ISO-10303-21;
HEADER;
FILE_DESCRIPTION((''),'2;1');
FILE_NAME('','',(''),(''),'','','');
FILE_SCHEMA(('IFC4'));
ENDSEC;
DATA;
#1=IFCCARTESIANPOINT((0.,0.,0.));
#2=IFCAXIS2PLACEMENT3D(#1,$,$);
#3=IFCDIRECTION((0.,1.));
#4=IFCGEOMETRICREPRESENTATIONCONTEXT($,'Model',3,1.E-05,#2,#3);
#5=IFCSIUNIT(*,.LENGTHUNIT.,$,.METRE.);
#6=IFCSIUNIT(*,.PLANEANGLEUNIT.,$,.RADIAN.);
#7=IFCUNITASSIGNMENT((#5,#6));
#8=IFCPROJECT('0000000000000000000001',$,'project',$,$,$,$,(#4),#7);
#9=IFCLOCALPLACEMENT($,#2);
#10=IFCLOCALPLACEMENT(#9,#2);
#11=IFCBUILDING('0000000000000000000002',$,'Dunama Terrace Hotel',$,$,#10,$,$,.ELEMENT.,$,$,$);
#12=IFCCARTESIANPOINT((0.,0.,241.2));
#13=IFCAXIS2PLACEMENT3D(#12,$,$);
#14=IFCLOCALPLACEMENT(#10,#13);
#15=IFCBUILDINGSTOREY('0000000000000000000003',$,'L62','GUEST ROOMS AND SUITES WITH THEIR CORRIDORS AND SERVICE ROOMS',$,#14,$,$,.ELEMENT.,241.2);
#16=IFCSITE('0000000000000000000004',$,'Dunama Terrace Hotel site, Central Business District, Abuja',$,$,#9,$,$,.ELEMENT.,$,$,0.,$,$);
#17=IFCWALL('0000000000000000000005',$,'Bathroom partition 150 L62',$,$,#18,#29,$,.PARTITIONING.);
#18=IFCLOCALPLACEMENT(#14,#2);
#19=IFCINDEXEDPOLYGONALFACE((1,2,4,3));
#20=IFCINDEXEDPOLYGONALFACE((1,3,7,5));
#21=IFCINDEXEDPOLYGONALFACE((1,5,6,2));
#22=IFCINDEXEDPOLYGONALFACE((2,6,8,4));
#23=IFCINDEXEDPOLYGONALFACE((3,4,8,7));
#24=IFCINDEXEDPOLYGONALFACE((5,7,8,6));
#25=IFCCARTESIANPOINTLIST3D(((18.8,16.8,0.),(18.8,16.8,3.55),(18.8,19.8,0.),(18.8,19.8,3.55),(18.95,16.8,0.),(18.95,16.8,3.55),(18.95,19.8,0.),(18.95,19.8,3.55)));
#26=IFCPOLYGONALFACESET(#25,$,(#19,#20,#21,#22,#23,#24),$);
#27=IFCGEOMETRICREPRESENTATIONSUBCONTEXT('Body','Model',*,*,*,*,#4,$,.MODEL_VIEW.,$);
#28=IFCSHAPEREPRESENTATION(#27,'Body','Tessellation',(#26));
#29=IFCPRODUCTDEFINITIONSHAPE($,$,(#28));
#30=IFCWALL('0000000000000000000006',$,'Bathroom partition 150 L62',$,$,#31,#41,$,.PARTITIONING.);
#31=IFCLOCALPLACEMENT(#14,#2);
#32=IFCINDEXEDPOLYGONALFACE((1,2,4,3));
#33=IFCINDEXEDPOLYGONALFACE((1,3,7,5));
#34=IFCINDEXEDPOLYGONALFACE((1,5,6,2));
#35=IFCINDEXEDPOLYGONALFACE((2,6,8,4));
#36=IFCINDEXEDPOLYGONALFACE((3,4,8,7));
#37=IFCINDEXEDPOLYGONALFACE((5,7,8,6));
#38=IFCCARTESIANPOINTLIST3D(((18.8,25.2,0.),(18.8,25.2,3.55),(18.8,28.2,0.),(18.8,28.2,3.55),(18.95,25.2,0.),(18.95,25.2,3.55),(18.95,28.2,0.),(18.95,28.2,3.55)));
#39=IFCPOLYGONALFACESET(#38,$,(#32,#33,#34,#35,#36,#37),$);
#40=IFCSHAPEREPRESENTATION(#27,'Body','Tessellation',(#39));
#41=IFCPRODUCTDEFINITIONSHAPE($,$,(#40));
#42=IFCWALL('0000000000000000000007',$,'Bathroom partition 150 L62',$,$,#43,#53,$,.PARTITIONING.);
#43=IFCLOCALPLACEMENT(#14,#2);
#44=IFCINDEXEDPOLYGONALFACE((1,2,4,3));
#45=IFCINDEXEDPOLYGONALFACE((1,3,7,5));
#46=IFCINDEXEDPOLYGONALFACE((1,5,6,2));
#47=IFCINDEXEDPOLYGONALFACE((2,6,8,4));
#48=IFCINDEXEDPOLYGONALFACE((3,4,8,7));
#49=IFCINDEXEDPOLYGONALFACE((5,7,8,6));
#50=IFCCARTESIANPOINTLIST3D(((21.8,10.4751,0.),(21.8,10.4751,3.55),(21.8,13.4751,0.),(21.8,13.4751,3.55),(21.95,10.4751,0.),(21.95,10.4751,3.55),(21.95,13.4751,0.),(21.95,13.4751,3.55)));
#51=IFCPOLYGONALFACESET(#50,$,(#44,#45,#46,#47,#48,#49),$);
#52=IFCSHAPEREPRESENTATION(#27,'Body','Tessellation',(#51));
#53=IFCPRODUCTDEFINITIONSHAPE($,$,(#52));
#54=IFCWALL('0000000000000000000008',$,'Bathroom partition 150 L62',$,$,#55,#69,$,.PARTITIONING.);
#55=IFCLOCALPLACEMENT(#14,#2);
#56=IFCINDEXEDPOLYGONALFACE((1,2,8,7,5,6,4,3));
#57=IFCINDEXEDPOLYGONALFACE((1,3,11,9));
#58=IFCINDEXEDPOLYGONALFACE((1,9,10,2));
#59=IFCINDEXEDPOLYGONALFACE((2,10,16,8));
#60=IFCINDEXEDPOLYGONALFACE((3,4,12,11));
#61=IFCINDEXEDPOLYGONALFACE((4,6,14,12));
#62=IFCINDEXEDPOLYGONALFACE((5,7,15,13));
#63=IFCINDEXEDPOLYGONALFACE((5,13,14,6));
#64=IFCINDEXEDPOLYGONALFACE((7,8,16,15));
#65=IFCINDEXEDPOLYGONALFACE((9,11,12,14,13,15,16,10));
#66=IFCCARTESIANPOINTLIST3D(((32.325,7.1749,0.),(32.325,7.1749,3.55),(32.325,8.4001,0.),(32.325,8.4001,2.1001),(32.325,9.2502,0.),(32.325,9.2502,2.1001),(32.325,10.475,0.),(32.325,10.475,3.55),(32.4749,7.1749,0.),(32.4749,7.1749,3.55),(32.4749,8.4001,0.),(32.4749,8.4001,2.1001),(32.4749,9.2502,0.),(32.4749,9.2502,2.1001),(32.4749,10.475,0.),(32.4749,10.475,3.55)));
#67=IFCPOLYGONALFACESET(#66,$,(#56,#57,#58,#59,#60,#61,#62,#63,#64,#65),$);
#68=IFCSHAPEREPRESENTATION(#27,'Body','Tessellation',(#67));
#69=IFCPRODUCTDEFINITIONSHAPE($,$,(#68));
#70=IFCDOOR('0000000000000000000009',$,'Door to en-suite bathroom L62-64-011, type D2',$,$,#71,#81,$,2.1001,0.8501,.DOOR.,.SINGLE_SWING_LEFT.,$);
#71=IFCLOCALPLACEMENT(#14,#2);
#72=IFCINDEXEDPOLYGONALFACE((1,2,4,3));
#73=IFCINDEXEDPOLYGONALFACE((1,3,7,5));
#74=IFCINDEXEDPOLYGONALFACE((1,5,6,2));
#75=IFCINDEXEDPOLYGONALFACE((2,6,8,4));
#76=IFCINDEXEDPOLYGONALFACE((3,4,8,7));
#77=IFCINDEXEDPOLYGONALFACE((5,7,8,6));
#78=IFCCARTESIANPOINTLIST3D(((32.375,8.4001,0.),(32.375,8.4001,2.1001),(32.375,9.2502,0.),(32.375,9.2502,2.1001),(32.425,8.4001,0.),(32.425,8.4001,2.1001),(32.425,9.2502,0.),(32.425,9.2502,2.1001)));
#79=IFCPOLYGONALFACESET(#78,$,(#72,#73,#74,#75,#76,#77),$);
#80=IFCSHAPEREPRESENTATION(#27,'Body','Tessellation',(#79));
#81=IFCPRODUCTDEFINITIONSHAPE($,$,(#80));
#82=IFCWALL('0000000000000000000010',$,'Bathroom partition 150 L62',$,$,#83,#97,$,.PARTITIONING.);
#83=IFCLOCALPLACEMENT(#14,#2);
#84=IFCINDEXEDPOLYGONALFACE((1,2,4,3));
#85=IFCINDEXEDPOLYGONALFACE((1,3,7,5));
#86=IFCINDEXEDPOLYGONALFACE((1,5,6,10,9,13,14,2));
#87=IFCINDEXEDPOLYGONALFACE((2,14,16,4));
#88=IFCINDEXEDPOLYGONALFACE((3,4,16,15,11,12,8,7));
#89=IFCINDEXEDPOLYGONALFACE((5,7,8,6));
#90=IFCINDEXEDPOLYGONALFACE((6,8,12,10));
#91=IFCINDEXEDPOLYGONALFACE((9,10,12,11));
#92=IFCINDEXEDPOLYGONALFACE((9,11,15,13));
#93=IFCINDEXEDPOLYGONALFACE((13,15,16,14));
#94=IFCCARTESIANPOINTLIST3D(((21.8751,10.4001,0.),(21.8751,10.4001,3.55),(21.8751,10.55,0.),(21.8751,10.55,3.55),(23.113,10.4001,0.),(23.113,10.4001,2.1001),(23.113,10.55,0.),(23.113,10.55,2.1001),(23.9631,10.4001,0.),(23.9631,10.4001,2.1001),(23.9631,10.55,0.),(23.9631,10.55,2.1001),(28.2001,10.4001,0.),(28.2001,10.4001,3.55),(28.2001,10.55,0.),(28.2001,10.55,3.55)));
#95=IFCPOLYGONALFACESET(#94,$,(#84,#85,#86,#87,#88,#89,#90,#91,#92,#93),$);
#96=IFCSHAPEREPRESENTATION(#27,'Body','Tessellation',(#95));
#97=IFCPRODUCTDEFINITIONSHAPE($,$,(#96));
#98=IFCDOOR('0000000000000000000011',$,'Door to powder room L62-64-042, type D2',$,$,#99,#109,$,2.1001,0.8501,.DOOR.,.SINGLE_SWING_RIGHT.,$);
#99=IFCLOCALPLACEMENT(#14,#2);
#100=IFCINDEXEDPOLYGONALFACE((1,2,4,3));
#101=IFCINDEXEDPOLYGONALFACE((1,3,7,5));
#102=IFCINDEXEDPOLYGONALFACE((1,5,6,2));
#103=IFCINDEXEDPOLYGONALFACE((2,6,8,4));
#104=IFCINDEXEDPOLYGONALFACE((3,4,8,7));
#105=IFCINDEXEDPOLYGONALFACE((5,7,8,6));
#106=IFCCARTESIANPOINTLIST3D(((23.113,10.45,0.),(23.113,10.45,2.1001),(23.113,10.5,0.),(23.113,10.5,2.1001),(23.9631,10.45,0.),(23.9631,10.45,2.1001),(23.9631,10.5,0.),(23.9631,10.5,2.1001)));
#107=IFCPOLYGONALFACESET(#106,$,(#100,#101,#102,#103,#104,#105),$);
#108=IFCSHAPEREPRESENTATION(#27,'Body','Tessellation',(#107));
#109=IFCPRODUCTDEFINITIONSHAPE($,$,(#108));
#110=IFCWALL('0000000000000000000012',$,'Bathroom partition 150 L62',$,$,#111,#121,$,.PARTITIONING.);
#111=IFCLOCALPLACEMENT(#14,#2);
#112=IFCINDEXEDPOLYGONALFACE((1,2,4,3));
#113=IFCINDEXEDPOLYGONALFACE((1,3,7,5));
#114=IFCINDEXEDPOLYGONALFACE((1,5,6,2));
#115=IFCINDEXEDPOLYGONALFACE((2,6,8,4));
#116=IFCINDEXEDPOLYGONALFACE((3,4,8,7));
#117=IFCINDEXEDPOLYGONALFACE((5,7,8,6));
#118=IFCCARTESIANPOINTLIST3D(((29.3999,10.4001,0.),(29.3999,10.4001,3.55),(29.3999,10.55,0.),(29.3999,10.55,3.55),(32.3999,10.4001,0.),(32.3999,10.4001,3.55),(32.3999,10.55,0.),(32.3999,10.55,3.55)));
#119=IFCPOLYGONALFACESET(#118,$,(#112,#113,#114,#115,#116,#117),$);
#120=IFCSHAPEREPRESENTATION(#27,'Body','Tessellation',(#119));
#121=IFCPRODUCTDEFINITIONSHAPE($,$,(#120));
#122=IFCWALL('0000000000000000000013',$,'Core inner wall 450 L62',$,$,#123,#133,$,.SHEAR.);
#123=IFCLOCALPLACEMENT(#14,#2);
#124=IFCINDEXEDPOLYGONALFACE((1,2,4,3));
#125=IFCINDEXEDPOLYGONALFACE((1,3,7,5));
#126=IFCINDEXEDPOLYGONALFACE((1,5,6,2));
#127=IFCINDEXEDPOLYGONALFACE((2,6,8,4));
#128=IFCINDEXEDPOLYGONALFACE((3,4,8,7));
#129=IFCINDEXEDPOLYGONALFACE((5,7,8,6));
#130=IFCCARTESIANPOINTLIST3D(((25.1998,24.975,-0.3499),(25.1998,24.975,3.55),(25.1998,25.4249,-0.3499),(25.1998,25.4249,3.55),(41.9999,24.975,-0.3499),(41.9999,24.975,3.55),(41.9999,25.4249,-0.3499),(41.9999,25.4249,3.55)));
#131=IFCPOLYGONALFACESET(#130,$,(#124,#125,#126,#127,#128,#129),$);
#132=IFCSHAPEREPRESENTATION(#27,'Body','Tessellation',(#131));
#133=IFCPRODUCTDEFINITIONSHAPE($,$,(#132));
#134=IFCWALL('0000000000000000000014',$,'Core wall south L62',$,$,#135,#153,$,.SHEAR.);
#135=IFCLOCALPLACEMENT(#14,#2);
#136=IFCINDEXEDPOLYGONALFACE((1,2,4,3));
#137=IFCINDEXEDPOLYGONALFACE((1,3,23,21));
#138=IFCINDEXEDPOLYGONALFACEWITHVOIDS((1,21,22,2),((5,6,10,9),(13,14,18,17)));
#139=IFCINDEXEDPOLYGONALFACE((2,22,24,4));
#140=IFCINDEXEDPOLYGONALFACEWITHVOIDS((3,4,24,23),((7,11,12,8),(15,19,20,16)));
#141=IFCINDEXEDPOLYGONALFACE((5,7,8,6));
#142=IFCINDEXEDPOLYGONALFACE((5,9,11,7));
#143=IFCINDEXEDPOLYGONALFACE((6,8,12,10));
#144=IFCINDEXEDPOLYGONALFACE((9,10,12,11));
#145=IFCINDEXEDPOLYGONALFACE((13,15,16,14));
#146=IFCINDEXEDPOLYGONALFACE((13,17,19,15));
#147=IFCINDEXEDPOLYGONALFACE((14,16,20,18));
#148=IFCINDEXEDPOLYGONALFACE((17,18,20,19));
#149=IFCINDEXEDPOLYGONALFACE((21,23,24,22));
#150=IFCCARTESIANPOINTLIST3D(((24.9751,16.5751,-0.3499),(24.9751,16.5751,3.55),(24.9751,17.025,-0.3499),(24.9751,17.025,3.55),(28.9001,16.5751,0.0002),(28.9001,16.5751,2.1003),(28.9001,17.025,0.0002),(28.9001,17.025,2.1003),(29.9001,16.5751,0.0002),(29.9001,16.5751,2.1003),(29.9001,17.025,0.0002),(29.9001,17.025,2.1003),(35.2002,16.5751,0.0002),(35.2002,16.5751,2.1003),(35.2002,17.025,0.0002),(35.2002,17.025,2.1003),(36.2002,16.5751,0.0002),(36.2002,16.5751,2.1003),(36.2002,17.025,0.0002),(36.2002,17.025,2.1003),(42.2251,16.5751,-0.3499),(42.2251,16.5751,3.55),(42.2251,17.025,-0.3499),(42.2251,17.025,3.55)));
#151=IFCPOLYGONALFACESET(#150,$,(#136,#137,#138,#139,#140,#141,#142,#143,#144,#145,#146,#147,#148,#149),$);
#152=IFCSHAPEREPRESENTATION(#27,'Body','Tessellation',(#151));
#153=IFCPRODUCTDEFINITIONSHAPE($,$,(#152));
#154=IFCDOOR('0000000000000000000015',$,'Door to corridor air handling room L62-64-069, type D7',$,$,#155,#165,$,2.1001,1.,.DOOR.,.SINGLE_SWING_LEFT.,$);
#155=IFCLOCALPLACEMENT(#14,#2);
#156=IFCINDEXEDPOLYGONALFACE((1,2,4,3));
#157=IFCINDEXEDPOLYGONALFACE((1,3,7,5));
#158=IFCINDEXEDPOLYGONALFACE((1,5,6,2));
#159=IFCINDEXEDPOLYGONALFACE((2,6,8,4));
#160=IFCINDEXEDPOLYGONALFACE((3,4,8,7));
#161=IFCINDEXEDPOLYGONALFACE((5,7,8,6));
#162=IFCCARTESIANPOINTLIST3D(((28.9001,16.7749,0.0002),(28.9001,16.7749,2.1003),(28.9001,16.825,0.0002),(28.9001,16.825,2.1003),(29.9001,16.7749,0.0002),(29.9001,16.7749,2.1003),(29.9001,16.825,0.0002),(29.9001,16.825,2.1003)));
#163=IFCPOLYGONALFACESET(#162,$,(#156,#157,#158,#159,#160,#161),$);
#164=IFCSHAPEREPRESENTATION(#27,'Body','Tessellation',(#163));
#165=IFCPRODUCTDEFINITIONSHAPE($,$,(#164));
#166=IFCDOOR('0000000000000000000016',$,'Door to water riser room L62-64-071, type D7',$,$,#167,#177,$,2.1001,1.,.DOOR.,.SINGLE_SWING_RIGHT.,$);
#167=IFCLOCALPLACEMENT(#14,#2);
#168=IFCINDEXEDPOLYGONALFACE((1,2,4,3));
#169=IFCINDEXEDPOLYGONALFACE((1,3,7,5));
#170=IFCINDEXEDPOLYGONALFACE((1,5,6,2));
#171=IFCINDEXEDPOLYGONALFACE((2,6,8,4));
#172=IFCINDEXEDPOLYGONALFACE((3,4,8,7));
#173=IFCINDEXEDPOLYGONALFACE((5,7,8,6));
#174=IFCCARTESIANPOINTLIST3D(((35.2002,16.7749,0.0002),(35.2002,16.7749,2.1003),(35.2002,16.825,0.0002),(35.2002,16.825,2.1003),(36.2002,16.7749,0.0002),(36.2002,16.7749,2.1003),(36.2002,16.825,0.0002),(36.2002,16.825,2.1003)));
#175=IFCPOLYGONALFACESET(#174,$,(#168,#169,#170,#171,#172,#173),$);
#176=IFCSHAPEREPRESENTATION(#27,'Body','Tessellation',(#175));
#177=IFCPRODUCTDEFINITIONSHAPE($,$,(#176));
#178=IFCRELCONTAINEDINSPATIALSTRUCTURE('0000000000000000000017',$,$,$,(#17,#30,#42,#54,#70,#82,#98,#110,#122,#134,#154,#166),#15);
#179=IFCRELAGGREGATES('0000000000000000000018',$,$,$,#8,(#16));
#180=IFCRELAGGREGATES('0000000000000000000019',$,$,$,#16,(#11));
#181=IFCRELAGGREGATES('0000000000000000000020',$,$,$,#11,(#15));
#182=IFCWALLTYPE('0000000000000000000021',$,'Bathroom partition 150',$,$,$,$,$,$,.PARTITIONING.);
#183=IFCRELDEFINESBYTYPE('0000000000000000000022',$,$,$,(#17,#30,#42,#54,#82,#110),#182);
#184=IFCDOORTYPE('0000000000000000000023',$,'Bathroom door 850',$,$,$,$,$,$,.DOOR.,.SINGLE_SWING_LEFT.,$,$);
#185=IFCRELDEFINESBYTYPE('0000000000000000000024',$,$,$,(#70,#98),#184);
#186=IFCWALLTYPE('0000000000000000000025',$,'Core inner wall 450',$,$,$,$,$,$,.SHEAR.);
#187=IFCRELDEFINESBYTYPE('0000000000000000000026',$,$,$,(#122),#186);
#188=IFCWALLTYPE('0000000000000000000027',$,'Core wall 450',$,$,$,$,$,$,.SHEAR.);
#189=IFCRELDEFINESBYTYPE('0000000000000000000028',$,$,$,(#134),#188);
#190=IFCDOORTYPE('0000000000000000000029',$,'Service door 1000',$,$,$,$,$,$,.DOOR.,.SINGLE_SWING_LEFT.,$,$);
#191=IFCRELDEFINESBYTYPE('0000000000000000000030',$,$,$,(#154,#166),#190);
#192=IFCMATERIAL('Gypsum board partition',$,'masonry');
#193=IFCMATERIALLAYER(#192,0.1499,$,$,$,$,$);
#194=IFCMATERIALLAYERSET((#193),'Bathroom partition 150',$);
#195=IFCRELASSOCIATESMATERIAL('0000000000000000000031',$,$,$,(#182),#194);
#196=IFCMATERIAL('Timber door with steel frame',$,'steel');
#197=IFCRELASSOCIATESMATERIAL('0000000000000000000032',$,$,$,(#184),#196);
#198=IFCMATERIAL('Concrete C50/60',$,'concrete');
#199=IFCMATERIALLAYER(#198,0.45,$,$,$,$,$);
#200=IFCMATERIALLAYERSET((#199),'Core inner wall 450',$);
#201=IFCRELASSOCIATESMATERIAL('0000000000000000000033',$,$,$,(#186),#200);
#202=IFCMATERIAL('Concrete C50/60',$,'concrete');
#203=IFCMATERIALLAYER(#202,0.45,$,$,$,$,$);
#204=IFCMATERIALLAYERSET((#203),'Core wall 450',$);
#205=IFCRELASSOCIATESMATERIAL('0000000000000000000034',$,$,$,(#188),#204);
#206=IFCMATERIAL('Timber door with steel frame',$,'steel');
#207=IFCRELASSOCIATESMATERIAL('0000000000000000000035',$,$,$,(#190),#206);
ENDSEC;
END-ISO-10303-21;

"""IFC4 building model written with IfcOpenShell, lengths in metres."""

from ifc_helpers import new_model, si_unit, direction, frame, frame_2d, origin, place, context, subcontext, project, spatial, rectangle, extrude, material, layer, layer_set, type_object, element, fill, save


model = new_model("IFC4")

# Units and contexts
model_context = context("Model", 3, precision=1e-05, world=origin(), true_north=direction((0.0, 1.0)))
body_context = subcontext(model_context, "Body", "Model", "MODEL_VIEW")
ifc_project = project(units=[si_unit("LENGTHUNIT", "METRE"), si_unit("PLANEANGLEUNIT", "RADIAN")], contexts=[model_context])

# Site, building, storey
site_placement = place(None, origin())
site = spatial("IfcSite", under=ifc_project, at=site_placement, Name="Dunama Terrace Hotel site, Central Business District, Abuja", CompositionType="ELEMENT", RefElevation=0.0)
building_placement = place(site_placement, origin())
building = spatial("IfcBuilding", under=site, at=building_placement, Name="Dunama Terrace Hotel", CompositionType="ELEMENT")
storey_placement = place(building_placement, frame((0.0, 0.0, 241.2)))
storey = spatial("IfcBuildingStorey", under=building, at=storey_placement, Name="L62", Description="GUEST ROOMS AND SUITES WITH THEIR CORRIDORS AND SERVICE ROOMS", CompositionType="ELEMENT", Elevation=241.2)

# Walls
ifc_material_1 = material(Name="Gypsum board partition", Category="masonry")
ifc_layer_1 = layer(ifc_material_1, 0.1499)
ifc_layer_set_1 = layer_set([ifc_layer_1], Name="Bathroom partition 150")
wall_type_1 = type_object("IfcWallType", Name="Bathroom partition 150", PredefinedType="PARTITIONING", material=ifc_layer_set_1)
for number, where, z_axis, x_axis, name in (
    (1, (18.875, 16.8, 0.0), (0.0, 0.0, 1.0), (0.0, 1.0, 0.0), "Bathroom partition 150 L62"),
    (2, (18.875, 25.2, 0.0), (0.0, 0.0, 1.0), (0.0, 1.0, 0.0), "Bathroom partition 150 L62"),
    (3, (21.875, 10.4751, 0.0), (0.0, 0.0, 1.0), (0.0, 1.0, 0.0), "Bathroom partition 150 L62"),
):
    element("IfcWall", number, at=place(storey_placement, frame(where, z_axis=z_axis, x_axis=x_axis)), inside=storey, type_object=wall_type_1, Name=name, PredefinedType="PARTITIONING", context=body_context, shape_type="SweptSolid", body=[
        extrude(rectangle(XDim=3.0, YDim=0.1499, at=frame_2d((1.5, 0.0))), origin(), (0.0, 0.0, 1.0), 3.55),
    ])

# Walls, openings, doors
wall_1_placement = place(storey_placement, frame((32.3999, 7.175, 0.0), z_axis=(0.0, 0.0, 1.0), x_axis=(0.0, 1.0, 0.0)))
wall_1 = element("IfcWall", 4, at=wall_1_placement, inside=storey, type_object=wall_type_1, Name="Bathroom partition 150 L62", PredefinedType="PARTITIONING", context=body_context, shape_type="SweptSolid", body=[
    extrude(rectangle(XDim=3.3, YDim=0.1499, at=frame_2d((1.6499, 0.0))), origin(), (0.0, 0.0, 1.0), 3.55),
])
opening_1_placement = place(wall_1_placement, frame((1.2251, 0.0, 0.0)))
opening_1 = element("IfcOpeningElement", 5, at=opening_1_placement, cuts=wall_1, PredefinedType="OPENING", context=body_context, shape_type="SweptSolid", body=[
    extrude(rectangle(XDim=0.8501, YDim=2.1001, at=frame_2d((0.425, 1.05))), frame((0.0, 0.085, 0.0), z_axis=(0.0, -1.0, 0.0), x_axis=(1.0, 0.0, 0.0)), (0.0, 0.0, 1.0), 0.1699),
])
ifc_material_2 = material(Name="Timber door with steel frame", Category="steel")
door_type_1 = type_object("IfcDoorType", Name="Bathroom door 850", OperationType="SINGLE_SWING_LEFT", PredefinedType="DOOR", material=ifc_material_2)
door_1_placement = place(opening_1_placement, origin())
door_1 = element("IfcDoor", 6, at=door_1_placement, inside=storey, type_object=door_type_1, Name="Door to en-suite bathroom L62-64-011, type D2", OperationType="SINGLE_SWING_LEFT", OverallHeight=2.1001, OverallWidth=0.8501, PredefinedType="DOOR", context=body_context, shape_type="SweptSolid", body=[
    extrude(rectangle(XDim=0.8501, YDim=2.1001, at=frame_2d((0.425, 1.05))), frame((0.0, 0.0249, 0.0), z_axis=(0.0, -1.0, 0.0), x_axis=(1.0, 0.0, 0.0)), (0.0, 0.0, 1.0), 0.05),
])
fill(opening_1, door_1)
wall_2_placement = place(storey_placement, frame((21.875, 10.4751, 0.0), z_axis=(0.0, 0.0, 1.0), x_axis=(1.0, 0.0, 0.0)))
wall_2 = element("IfcWall", 7, at=wall_2_placement, inside=storey, type_object=wall_type_1, Name="Bathroom partition 150 L62", PredefinedType="PARTITIONING", context=body_context, shape_type="SweptSolid", body=[
    extrude(rectangle(XDim=6.325, YDim=0.1499, at=frame_2d((3.1626, 0.0))), origin(), (0.0, 0.0, 1.0), 3.55),
])
opening_2_placement = place(wall_2_placement, frame((1.238, 0.0, 0.0)))
opening_2 = element("IfcOpeningElement", 8, at=opening_2_placement, cuts=wall_2, PredefinedType="OPENING", context=body_context, shape_type="SweptSolid", body=[
    extrude(rectangle(XDim=0.8501, YDim=2.1001, at=frame_2d((0.425, 1.05))), frame((0.0, 0.085, 0.0), z_axis=(0.0, -1.0, 0.0), x_axis=(1.0, 0.0, 0.0)), (0.0, 0.0, 1.0), 0.1699),
])
door_2_placement = place(opening_2_placement, origin())
door_2 = element("IfcDoor", 9, at=door_2_placement, inside=storey, type_object=door_type_1, Name="Door to powder room L62-64-042, type D2", OperationType="SINGLE_SWING_RIGHT", OverallHeight=2.1001, OverallWidth=0.8501, PredefinedType="DOOR", context=body_context, shape_type="SweptSolid", body=[
    extrude(rectangle(XDim=0.8501, YDim=2.1001, at=frame_2d((0.425, 1.05))), frame((0.0, 0.0249, 0.0), z_axis=(0.0, -1.0, 0.0), x_axis=(1.0, 0.0, 0.0)), (0.0, 0.0, 1.0), 0.05),
])
fill(opening_2, door_2)

# Walls
wall_3_placement = place(storey_placement, frame((29.3999, 10.4751, 0.0), z_axis=(0.0, 0.0, 1.0), x_axis=(1.0, 0.0, 0.0)))
element("IfcWall", 10, at=wall_3_placement, inside=storey, type_object=wall_type_1, Name="Bathroom partition 150 L62", PredefinedType="PARTITIONING", context=body_context, shape_type="SweptSolid", body=[
    extrude(rectangle(XDim=3.0, YDim=0.1499, at=frame_2d((1.5, 0.0))), origin(), (0.0, 0.0, 1.0), 3.55),
])
ifc_material_3 = material(Name="Concrete C50/60", Category="concrete")
ifc_layer_2 = layer(ifc_material_3, 0.45)
ifc_layer_set_2 = layer_set([ifc_layer_2], Name="Core inner wall 450")
wall_type_2 = type_object("IfcWallType", Name="Core inner wall 450", PredefinedType="SHEAR", material=ifc_layer_set_2)
wall_4_placement = place(storey_placement, frame((25.2, 25.2, -0.3499), z_axis=(0.0, 0.0, 1.0), x_axis=(1.0, 0.0, 0.0)))
element("IfcWall", 11, at=wall_4_placement, inside=storey, type_object=wall_type_2, Name="Core inner wall 450 L62", PredefinedType="SHEAR", context=body_context, shape_type="SweptSolid", body=[
    extrude(rectangle(XDim=16.8, YDim=0.45, at=frame_2d((8.3999, 0.0))), origin(), (0.0, 0.0, 1.0), 3.8999),
])

# Wall, openings, doors
ifc_material_4 = material(Name="Concrete C50/60", Category="concrete")
ifc_layer_3 = layer(ifc_material_4, 0.45)
ifc_layer_set_3 = layer_set([ifc_layer_3], Name="Core wall 450")
wall_type_3 = type_object("IfcWallType", Name="Core wall 450", PredefinedType="SHEAR", material=ifc_layer_set_3)
wall_5_placement = place(storey_placement, frame((24.9751, 16.8, -0.3499), z_axis=(0.0, 0.0, 1.0), x_axis=(1.0, 0.0, 0.0)))
wall_5 = element("IfcWall", 12, at=wall_5_placement, inside=storey, type_object=wall_type_3, Name="Core wall south L62", PredefinedType="SHEAR", context=body_context, shape_type="SweptSolid", body=[
    extrude(rectangle(XDim=17.25, YDim=0.45, at=frame_2d((8.625, 0.0))), origin(), (0.0, 0.0, 1.0), 3.8999),
])
opening_3_placement = place(wall_5_placement, frame((3.925, 0.0, 0.3501)))
opening_3 = element("IfcOpeningElement", 13, at=opening_3_placement, cuts=wall_5, PredefinedType="OPENING", context=body_context, shape_type="SweptSolid", body=[
    extrude(rectangle(XDim=1.0, YDim=2.1001, at=frame_2d((0.5, 1.05))), frame((0.0, 0.2349, 0.0), z_axis=(0.0, -1.0, 0.0), x_axis=(1.0, 0.0, 0.0)), (0.0, 0.0, 1.0), 0.47),
])
opening_4_placement = place(wall_5_placement, frame((10.2251, 0.0, 0.3501)))
opening_4 = element("IfcOpeningElement", 14, at=opening_4_placement, cuts=wall_5, PredefinedType="OPENING", context=body_context, shape_type="SweptSolid", body=[
    extrude(rectangle(XDim=1.0, YDim=2.1001, at=frame_2d((0.5, 1.05))), frame((0.0, 0.2349, 0.0), z_axis=(0.0, -1.0, 0.0), x_axis=(1.0, 0.0, 0.0)), (0.0, 0.0, 1.0), 0.47),
])
ifc_material_5 = material(Name="Timber door with steel frame", Category="steel")
door_type_2 = type_object("IfcDoorType", Name="Service door 1000", OperationType="SINGLE_SWING_LEFT", PredefinedType="DOOR", material=ifc_material_5)
door_3_placement = place(opening_3_placement, origin())
door_3 = element("IfcDoor", 15, at=door_3_placement, inside=storey, type_object=door_type_2, Name="Door to corridor air handling room L62-64-069, type D7", OperationType="SINGLE_SWING_LEFT", OverallHeight=2.1001, OverallWidth=1.0, PredefinedType="DOOR", context=body_context, shape_type="SweptSolid", body=[
    extrude(rectangle(XDim=1.0, YDim=2.1001, at=frame_2d((0.5, 1.05))), frame((0.0, 0.0249, 0.0), z_axis=(0.0, -1.0, 0.0), x_axis=(1.0, 0.0, 0.0)), (0.0, 0.0, 1.0), 0.05),
])
fill(opening_3, door_3)
door_4_placement = place(opening_4_placement, origin())
door_4 = element("IfcDoor", 16, at=door_4_placement, inside=storey, type_object=door_type_2, Name="Door to water riser room L62-64-071, type D7", OperationType="SINGLE_SWING_RIGHT", OverallHeight=2.1001, OverallWidth=1.0, PredefinedType="DOOR", context=body_context, shape_type="SweptSolid", body=[
    extrude(rectangle(XDim=1.0, YDim=2.1001, at=frame_2d((0.5, 1.05))), frame((0.0, 0.0249, 0.0), z_axis=(0.0, -1.0, 0.0), x_axis=(1.0, 0.0, 0.0)), (0.0, 0.0, 1.0), 0.05),
])
fill(opening_4, door_4)

save(model, "model.ifc")
